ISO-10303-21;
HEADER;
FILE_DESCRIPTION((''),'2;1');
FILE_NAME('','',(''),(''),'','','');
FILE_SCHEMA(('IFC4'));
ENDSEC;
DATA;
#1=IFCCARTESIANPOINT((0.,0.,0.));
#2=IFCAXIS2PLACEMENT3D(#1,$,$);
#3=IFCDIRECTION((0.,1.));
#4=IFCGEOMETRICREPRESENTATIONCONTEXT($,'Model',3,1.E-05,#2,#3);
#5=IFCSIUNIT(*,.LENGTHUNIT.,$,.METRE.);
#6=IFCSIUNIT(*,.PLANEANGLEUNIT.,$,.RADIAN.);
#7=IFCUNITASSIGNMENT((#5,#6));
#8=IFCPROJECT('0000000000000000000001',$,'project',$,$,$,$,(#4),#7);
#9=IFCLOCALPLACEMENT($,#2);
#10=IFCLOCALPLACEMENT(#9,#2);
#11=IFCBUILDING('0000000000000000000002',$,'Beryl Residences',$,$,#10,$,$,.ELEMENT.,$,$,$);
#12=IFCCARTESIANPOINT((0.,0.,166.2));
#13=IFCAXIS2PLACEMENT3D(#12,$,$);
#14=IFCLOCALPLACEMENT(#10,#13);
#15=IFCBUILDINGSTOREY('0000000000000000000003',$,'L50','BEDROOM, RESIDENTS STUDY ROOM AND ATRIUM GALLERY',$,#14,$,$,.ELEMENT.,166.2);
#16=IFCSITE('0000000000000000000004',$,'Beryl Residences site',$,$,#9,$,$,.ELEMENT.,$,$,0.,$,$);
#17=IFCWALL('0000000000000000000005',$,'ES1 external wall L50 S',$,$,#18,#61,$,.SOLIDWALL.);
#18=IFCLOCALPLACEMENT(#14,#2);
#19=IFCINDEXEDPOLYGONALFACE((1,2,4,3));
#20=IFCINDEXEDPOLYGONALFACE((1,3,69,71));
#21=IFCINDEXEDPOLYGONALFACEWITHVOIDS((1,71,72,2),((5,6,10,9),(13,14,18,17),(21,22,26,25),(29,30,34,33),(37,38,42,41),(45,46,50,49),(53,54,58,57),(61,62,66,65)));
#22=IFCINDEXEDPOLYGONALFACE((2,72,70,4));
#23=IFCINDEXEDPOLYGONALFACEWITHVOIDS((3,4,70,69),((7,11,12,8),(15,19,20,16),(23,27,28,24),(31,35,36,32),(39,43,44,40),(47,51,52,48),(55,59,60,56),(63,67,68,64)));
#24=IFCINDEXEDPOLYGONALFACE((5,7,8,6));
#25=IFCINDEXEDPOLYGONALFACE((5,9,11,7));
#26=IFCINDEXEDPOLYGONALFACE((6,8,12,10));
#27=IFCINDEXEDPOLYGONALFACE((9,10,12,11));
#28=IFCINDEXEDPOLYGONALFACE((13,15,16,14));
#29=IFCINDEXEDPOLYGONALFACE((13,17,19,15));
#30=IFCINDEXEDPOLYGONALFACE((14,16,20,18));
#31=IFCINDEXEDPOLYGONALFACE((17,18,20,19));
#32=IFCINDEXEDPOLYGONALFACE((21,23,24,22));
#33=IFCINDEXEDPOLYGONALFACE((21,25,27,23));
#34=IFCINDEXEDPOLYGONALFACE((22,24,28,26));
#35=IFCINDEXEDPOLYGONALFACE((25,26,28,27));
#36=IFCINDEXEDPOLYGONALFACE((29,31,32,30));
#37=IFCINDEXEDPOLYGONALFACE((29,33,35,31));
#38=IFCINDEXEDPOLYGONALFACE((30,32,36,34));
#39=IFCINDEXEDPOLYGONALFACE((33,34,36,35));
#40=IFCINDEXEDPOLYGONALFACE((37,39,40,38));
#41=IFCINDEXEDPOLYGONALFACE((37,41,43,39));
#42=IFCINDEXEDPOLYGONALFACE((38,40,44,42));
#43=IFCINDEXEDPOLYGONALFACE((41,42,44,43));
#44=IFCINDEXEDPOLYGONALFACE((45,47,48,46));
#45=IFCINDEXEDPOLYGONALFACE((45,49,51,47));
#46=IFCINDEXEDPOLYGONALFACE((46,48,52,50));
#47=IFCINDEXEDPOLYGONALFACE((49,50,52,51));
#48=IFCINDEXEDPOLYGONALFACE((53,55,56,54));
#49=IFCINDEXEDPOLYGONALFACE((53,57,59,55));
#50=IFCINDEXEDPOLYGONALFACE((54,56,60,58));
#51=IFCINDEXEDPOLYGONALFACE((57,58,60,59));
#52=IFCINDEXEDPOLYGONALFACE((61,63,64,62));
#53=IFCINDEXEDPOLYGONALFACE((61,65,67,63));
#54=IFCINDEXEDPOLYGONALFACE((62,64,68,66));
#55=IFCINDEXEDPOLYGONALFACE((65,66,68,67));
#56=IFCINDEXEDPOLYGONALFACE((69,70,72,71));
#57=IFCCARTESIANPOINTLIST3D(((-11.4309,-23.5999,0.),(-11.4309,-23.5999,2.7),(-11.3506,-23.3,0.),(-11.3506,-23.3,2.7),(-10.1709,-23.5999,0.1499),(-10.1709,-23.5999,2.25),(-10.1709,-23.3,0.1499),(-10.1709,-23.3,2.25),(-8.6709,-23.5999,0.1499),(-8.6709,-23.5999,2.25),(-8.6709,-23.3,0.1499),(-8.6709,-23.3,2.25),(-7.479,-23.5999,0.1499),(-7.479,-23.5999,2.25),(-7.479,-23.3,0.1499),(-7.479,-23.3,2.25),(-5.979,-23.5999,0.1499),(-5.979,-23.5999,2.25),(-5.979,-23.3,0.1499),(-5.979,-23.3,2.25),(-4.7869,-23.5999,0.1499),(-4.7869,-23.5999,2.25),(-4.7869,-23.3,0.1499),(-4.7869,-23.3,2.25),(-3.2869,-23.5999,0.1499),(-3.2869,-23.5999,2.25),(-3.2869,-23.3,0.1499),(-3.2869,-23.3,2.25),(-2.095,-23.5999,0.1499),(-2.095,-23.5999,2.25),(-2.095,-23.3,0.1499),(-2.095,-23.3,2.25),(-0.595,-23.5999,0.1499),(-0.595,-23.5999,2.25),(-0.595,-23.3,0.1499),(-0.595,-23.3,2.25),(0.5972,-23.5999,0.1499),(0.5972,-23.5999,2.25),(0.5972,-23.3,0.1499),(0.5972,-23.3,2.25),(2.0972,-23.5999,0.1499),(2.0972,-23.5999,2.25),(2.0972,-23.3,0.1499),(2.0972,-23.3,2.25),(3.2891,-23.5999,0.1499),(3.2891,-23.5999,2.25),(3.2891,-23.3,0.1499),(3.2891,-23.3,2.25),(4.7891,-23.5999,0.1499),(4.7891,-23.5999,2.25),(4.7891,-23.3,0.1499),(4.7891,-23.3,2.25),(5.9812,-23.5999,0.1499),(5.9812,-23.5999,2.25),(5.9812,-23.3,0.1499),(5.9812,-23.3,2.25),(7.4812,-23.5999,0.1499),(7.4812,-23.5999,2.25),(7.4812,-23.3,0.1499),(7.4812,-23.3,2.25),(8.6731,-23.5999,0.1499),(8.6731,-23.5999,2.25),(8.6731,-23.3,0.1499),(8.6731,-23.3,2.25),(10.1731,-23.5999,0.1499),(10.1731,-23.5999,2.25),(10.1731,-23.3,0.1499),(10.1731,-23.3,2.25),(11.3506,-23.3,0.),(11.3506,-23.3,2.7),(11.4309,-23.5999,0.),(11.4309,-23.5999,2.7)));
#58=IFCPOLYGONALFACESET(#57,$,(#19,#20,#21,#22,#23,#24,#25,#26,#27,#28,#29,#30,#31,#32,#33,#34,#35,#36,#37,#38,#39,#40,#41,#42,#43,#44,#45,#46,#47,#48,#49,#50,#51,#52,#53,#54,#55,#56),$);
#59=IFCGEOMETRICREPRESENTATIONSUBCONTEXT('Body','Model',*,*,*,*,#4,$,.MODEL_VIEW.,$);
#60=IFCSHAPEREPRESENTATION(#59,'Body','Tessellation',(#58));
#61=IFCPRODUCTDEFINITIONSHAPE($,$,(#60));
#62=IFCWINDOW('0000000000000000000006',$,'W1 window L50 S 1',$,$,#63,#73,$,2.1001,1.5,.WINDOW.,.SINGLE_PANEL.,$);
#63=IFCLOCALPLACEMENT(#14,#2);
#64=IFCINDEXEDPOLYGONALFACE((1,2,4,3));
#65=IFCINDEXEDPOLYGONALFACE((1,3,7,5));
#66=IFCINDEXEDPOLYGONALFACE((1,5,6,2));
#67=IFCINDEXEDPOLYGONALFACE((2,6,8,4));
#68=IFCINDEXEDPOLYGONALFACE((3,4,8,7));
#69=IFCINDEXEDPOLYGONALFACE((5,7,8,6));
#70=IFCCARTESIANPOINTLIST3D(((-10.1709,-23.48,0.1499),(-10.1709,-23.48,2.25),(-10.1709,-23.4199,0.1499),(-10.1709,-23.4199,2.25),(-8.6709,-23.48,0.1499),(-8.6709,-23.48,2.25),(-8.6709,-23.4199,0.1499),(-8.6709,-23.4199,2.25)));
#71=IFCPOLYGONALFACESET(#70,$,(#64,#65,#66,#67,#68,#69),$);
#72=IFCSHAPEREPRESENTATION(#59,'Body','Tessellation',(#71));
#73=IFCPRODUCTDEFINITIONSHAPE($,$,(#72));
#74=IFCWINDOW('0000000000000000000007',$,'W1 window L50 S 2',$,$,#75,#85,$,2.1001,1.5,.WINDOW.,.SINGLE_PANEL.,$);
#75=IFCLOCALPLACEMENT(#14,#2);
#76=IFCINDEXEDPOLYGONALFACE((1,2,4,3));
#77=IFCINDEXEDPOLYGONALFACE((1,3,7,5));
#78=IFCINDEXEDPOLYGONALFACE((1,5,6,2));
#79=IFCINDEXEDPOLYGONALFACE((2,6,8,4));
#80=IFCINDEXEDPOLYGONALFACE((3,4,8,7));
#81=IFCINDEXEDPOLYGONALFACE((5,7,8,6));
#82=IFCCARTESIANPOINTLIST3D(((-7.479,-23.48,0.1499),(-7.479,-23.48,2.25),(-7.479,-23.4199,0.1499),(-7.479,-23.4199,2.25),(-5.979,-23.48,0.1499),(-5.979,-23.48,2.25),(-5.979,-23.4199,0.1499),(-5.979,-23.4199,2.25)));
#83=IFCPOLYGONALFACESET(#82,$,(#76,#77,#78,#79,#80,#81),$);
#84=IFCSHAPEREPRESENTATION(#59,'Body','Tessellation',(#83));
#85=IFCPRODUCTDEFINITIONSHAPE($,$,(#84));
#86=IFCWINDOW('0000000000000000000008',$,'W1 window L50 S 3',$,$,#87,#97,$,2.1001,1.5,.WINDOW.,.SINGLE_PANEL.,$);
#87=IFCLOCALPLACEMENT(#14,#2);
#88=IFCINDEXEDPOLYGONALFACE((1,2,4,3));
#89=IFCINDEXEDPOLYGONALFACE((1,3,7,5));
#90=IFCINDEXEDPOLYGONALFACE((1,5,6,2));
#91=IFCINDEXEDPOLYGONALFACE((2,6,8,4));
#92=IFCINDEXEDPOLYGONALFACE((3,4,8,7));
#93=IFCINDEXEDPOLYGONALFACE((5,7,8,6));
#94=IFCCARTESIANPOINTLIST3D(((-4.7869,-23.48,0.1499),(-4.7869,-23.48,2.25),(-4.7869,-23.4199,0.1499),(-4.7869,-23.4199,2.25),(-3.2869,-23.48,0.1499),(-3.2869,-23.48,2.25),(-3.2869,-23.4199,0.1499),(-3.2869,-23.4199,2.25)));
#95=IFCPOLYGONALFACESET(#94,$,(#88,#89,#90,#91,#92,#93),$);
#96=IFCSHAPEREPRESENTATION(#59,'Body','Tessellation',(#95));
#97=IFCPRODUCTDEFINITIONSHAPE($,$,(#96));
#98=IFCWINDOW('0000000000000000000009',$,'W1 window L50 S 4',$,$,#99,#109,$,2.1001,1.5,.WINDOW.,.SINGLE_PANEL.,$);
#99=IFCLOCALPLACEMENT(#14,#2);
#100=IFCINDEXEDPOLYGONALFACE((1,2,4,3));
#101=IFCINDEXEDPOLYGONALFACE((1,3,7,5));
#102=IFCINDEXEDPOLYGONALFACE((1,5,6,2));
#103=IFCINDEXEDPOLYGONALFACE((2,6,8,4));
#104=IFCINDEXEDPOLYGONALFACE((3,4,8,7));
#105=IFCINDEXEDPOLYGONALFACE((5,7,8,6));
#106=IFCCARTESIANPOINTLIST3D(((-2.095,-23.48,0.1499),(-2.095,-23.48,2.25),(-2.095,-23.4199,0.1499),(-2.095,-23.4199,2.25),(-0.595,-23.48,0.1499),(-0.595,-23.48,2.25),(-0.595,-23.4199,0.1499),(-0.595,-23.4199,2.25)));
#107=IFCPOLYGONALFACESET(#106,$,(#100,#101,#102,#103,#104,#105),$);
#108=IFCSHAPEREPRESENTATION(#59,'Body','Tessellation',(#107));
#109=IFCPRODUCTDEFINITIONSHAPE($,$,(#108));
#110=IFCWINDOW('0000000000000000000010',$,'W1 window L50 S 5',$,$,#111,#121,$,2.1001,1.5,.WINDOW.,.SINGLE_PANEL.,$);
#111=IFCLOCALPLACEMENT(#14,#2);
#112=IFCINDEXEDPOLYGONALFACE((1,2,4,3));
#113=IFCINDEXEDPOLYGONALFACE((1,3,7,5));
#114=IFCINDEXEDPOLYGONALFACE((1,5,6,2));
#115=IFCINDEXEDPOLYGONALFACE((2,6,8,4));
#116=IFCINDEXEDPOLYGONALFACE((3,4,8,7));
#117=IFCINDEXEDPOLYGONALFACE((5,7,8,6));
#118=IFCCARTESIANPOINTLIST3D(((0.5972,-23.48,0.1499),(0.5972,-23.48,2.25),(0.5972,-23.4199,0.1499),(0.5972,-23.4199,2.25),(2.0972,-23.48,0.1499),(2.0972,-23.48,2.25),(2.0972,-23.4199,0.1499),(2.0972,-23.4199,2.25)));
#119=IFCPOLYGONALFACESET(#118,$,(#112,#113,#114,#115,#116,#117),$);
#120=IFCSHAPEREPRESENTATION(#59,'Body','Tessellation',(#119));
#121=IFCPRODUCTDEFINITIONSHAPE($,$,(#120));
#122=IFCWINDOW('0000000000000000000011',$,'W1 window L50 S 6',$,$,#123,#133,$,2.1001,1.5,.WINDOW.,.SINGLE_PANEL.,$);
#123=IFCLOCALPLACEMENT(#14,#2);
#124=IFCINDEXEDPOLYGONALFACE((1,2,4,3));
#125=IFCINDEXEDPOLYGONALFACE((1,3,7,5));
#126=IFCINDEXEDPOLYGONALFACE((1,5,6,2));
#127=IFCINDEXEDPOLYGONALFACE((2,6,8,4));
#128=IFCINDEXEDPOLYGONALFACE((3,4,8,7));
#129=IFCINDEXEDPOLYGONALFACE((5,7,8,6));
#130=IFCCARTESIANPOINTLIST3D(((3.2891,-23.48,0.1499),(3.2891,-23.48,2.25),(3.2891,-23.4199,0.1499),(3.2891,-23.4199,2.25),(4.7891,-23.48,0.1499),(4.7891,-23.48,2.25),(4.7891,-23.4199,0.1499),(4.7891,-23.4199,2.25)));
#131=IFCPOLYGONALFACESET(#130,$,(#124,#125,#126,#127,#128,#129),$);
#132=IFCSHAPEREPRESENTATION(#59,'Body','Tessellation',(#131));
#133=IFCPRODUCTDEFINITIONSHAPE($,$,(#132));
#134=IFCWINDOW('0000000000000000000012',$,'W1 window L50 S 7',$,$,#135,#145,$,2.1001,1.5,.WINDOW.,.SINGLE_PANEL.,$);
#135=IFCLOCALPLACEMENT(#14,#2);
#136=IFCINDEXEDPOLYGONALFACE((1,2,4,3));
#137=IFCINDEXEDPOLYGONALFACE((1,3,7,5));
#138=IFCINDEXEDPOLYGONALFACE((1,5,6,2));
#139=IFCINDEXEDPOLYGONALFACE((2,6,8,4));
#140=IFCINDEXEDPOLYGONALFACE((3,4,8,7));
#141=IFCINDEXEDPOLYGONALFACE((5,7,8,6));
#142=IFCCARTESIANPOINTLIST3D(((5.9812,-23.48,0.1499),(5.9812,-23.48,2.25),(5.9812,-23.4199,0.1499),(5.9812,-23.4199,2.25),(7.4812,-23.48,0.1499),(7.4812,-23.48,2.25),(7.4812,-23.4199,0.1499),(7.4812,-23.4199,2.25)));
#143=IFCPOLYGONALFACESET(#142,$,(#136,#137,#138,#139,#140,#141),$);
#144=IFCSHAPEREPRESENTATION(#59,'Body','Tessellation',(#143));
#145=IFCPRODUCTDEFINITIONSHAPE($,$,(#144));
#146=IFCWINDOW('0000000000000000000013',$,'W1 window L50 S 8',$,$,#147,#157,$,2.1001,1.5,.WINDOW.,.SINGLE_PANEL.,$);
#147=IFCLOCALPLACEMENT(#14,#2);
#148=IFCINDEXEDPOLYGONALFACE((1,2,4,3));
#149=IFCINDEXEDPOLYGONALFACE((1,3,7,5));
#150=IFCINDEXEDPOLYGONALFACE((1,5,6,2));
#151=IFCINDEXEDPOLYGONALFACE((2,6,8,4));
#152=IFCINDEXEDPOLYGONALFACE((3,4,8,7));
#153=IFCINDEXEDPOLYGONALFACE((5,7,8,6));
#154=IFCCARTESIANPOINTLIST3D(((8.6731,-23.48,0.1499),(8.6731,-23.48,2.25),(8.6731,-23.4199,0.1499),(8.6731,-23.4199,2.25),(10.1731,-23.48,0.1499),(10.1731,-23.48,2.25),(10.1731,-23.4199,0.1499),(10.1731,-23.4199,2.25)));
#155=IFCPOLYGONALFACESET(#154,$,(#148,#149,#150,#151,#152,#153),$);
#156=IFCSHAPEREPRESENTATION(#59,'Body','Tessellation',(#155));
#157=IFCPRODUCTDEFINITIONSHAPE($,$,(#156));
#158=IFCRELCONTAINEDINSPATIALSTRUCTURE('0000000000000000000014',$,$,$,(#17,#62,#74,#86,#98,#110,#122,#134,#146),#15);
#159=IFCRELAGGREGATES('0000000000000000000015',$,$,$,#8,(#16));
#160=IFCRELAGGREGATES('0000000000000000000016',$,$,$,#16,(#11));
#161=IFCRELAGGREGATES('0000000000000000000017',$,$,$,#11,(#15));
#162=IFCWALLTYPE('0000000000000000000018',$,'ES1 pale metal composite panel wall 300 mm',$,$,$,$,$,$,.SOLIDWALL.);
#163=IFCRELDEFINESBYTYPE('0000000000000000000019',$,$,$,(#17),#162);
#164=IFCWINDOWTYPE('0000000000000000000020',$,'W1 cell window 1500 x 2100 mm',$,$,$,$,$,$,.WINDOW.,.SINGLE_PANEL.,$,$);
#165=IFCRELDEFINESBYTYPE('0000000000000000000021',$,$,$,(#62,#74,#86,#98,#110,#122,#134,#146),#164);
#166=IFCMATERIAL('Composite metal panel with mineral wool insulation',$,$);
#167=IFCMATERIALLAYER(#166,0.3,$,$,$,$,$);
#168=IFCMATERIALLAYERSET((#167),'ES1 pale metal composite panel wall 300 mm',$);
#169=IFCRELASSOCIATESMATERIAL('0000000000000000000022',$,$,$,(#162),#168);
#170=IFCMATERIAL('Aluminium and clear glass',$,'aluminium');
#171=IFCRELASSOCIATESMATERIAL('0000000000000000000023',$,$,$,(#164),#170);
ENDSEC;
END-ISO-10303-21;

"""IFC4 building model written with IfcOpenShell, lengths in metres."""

from ifc_helpers import new_model, si_unit, direction, frame, frame_2d, origin, place, context, subcontext, project, spatial, polyline, rectangle, outline, extrude, material, layer, layer_set, type_object, element, fill, save


model = new_model("IFC4")

# Units and contexts
model_context = context("Model", 3, precision=1e-05, world=origin(), true_north=direction((0.0, 1.0)))
body_context = subcontext(model_context, "Body", "Model", "MODEL_VIEW")
ifc_project = project(units=[si_unit("LENGTHUNIT", "METRE"), si_unit("PLANEANGLEUNIT", "RADIAN")], contexts=[model_context])

# Site, building, storey
site_placement = place(None, origin())
site = spatial("IfcSite", under=ifc_project, at=site_placement, Name="Beryl Residences site", CompositionType="ELEMENT", RefElevation=0.0)
building_placement = place(site_placement, origin())
building = spatial("IfcBuilding", under=site, at=building_placement, Name="Beryl Residences", CompositionType="ELEMENT")
storey_placement = place(building_placement, frame((0.0, 0.0, 166.2)))
storey = spatial("IfcBuildingStorey", under=building, at=storey_placement, Name="L50", Description="BEDROOM, RESIDENTS STUDY ROOM AND ATRIUM GALLERY", CompositionType="ELEMENT", Elevation=166.2)

# Wall, openings, windows
ifc_material_1 = material(Name="Composite metal panel with mineral wool insulation")
ifc_layer_1 = layer(ifc_material_1, 0.3)
ifc_layer_set_1 = layer_set([ifc_layer_1], Name="ES1 pale metal composite panel wall 300 mm")
wall_type_1 = type_object("IfcWallType", Name="ES1 pale metal composite panel wall 300 mm", PredefinedType="SOLIDWALL", material=ifc_layer_set_1)
wall_1_placement = place(storey_placement, frame((-11.4309, -23.45, 0.0), z_axis=(0.0, 0.0, 1.0), x_axis=(1.0, 0.0, 0.0)))
wall_1 = element("IfcWall", 1, at=wall_1_placement, inside=storey, type_object=wall_type_1, Name="ES1 external wall L50 S", PredefinedType="SOLIDWALL", context=body_context, shape_type="SweptSolid", body=[
    extrude(outline(polyline([(0.0, -0.1499), (22.8618, -0.1499), (22.7815, 0.1499), (0.0803, 0.1499), (0.0, -0.1499)])), origin(), (0.0, 0.0, 1.0), 2.7),
])
opening_1_placement = place(wall_1_placement, frame((1.26, 0.0, 0.1499)))
opening_1 = element("IfcOpeningElement", 2, at=opening_1_placement, cuts=wall_1, PredefinedType="OPENING", context=body_context, shape_type="SweptSolid", body=[
    extrude(rectangle(XDim=1.5, YDim=2.1001, at=frame_2d((0.75, 1.05))), frame((0.0, 0.1599, 0.0), z_axis=(0.0, -1.0, 0.0), x_axis=(1.0, 0.0, 0.0)), (0.0, 0.0, 1.0), 0.3201),
])
opening_2_placement = place(wall_1_placement, frame((3.9519, 0.0, 0.1499)))
opening_2 = element("IfcOpeningElement", 3, at=opening_2_placement, cuts=wall_1, PredefinedType="OPENING", context=body_context, shape_type="SweptSolid", body=[
    extrude(rectangle(XDim=1.5, YDim=2.1001, at=frame_2d((0.75, 1.05))), frame((0.0, 0.1599, 0.0), z_axis=(0.0, -1.0, 0.0), x_axis=(1.0, 0.0, 0.0)), (0.0, 0.0, 1.0), 0.3201),
])
opening_3_placement = place(wall_1_placement, frame((6.644, 0.0, 0.1499)))
opening_3 = element("IfcOpeningElement", 4, at=opening_3_placement, cuts=wall_1, PredefinedType="OPENING", context=body_context, shape_type="SweptSolid", body=[
    extrude(rectangle(XDim=1.5, YDim=2.1001, at=frame_2d((0.75, 1.05))), frame((0.0, 0.1599, 0.0), z_axis=(0.0, -1.0, 0.0), x_axis=(1.0, 0.0, 0.0)), (0.0, 0.0, 1.0), 0.3201),
])
opening_4_placement = place(wall_1_placement, frame((9.3359, 0.0, 0.1499)))
opening_4 = element("IfcOpeningElement", 5, at=opening_4_placement, cuts=wall_1, PredefinedType="OPENING", context=body_context, shape_type="SweptSolid", body=[
    extrude(rectangle(XDim=1.5, YDim=2.1001, at=frame_2d((0.75, 1.05))), frame((0.0, 0.1599, 0.0), z_axis=(0.0, -1.0, 0.0), x_axis=(1.0, 0.0, 0.0)), (0.0, 0.0, 1.0), 0.3201),
])
opening_5_placement = place(wall_1_placement, frame((12.0281, 0.0, 0.1499)))
opening_5 = element("IfcOpeningElement", 6, at=opening_5_placement, cuts=wall_1, PredefinedType="OPENING", context=body_context, shape_type="SweptSolid", body=[
    extrude(rectangle(XDim=1.5, YDim=2.1001, at=frame_2d((0.75, 1.05))), frame((0.0, 0.1599, 0.0), z_axis=(0.0, -1.0, 0.0), x_axis=(1.0, 0.0, 0.0)), (0.0, 0.0, 1.0), 0.3201),
])
opening_6_placement = place(wall_1_placement, frame((14.72, 0.0, 0.1499)))
opening_6 = element("IfcOpeningElement", 7, at=opening_6_placement, cuts=wall_1, PredefinedType="OPENING", context=body_context, shape_type="SweptSolid", body=[
    extrude(rectangle(XDim=1.5, YDim=2.1001, at=frame_2d((0.75, 1.05))), frame((0.0, 0.1599, 0.0), z_axis=(0.0, -1.0, 0.0), x_axis=(1.0, 0.0, 0.0)), (0.0, 0.0, 1.0), 0.3201),
])
opening_7_placement = place(wall_1_placement, frame((17.4121, 0.0, 0.1499)))
opening_7 = element("IfcOpeningElement", 8, at=opening_7_placement, cuts=wall_1, PredefinedType="OPENING", context=body_context, shape_type="SweptSolid", body=[
    extrude(rectangle(XDim=1.5, YDim=2.1001, at=frame_2d((0.75, 1.05))), frame((0.0, 0.1599, 0.0), z_axis=(0.0, -1.0, 0.0), x_axis=(1.0, 0.0, 0.0)), (0.0, 0.0, 1.0), 0.3201),
])
opening_8_placement = place(wall_1_placement, frame((20.104, 0.0, 0.1499)))
opening_8 = element("IfcOpeningElement", 9, at=opening_8_placement, cuts=wall_1, PredefinedType="OPENING", context=body_context, shape_type="SweptSolid", body=[
    extrude(rectangle(XDim=1.5, YDim=2.1001, at=frame_2d((0.75, 1.05))), frame((0.0, 0.1599, 0.0), z_axis=(0.0, -1.0, 0.0), x_axis=(1.0, 0.0, 0.0)), (0.0, 0.0, 1.0), 0.3201),
])
ifc_material_2 = material(Name="Aluminium and clear glass", Category="aluminium")
window_type = type_object("IfcWindowType", Name="W1 cell window 1500 x 2100 mm", PartitioningType="SINGLE_PANEL", PredefinedType="WINDOW", material=ifc_material_2)
window_1_placement = place(opening_1_placement, origin())
window_1 = element("IfcWindow", 10, at=window_1_placement, inside=storey, type_object=window_type, Name="W1 window L50 S 1", OverallHeight=2.1001, OverallWidth=1.5, PartitioningType="SINGLE_PANEL", PredefinedType="WINDOW", context=body_context, shape_type="SweptSolid", body=[
    extrude(rectangle(XDim=1.5, YDim=2.1001, at=frame_2d((0.75, 1.05))), frame((0.0, 0.03, 0.0), z_axis=(0.0, -1.0, 0.0), x_axis=(1.0, 0.0, 0.0)), (0.0, 0.0, 1.0), 0.0601),
])
fill(opening_1, window_1)
window_2_placement = place(opening_2_placement, origin())
window_2 = element("IfcWindow", 11, at=window_2_placement, inside=storey, type_object=window_type, Name="W1 window L50 S 2", OverallHeight=2.1001, OverallWidth=1.5, PartitioningType="SINGLE_PANEL", PredefinedType="WINDOW", context=body_context, shape_type="SweptSolid", body=[
    extrude(rectangle(XDim=1.5, YDim=2.1001, at=frame_2d((0.75, 1.05))), frame((0.0, 0.03, 0.0), z_axis=(0.0, -1.0, 0.0), x_axis=(1.0, 0.0, 0.0)), (0.0, 0.0, 1.0), 0.0601),
])
fill(opening_2, window_2)
window_3_placement = place(opening_3_placement, origin())
window_3 = element("IfcWindow", 12, at=window_3_placement, inside=storey, type_object=window_type, Name="W1 window L50 S 3", OverallHeight=2.1001, OverallWidth=1.5, PartitioningType="SINGLE_PANEL", PredefinedType="WINDOW", context=body_context, shape_type="SweptSolid", body=[
    extrude(rectangle(XDim=1.5, YDim=2.1001, at=frame_2d((0.75, 1.05))), frame((0.0, 0.03, 0.0), z_axis=(0.0, -1.0, 0.0), x_axis=(1.0, 0.0, 0.0)), (0.0, 0.0, 1.0), 0.0601),
])
fill(opening_3, window_3)
window_4_placement = place(opening_4_placement, origin())
window_4 = element("IfcWindow", 13, at=window_4_placement, inside=storey, type_object=window_type, Name="W1 window L50 S 4", OverallHeight=2.1001, OverallWidth=1.5, PartitioningType="SINGLE_PANEL", PredefinedType="WINDOW", context=body_context, shape_type="SweptSolid", body=[
    extrude(rectangle(XDim=1.5, YDim=2.1001, at=frame_2d((0.75, 1.05))), frame((0.0, 0.03, 0.0), z_axis=(0.0, -1.0, 0.0), x_axis=(1.0, 0.0, 0.0)), (0.0, 0.0, 1.0), 0.0601),
])
fill(opening_4, window_4)
window_5_placement = place(opening_5_placement, origin())
window_5 = element("IfcWindow", 14, at=window_5_placement, inside=storey, type_object=window_type, Name="W1 window L50 S 5", OverallHeight=2.1001, OverallWidth=1.5, PartitioningType="SINGLE_PANEL", PredefinedType="WINDOW", context=body_context, shape_type="SweptSolid", body=[
    extrude(rectangle(XDim=1.5, YDim=2.1001, at=frame_2d((0.75, 1.05))), frame((0.0, 0.03, 0.0), z_axis=(0.0, -1.0, 0.0), x_axis=(1.0, 0.0, 0.0)), (0.0, 0.0, 1.0), 0.0601),
])
fill(opening_5, window_5)
window_6_placement = place(opening_6_placement, origin())
window_6 = element("IfcWindow", 15, at=window_6_placement, inside=storey, type_object=window_type, Name="W1 window L50 S 6", OverallHeight=2.1001, OverallWidth=1.5, PartitioningType="SINGLE_PANEL", PredefinedType="WINDOW", context=body_context, shape_type="SweptSolid", body=[
    extrude(rectangle(XDim=1.5, YDim=2.1001, at=frame_2d((0.75, 1.05))), frame((0.0, 0.03, 0.0), z_axis=(0.0, -1.0, 0.0), x_axis=(1.0, 0.0, 0.0)), (0.0, 0.0, 1.0), 0.0601),
])
fill(opening_6, window_6)
window_7_placement = place(opening_7_placement, origin())
window_7 = element("IfcWindow", 16, at=window_7_placement, inside=storey, type_object=window_type, Name="W1 window L50 S 7", OverallHeight=2.1001, OverallWidth=1.5, PartitioningType="SINGLE_PANEL", PredefinedType="WINDOW", context=body_context, shape_type="SweptSolid", body=[
    extrude(rectangle(XDim=1.5, YDim=2.1001, at=frame_2d((0.75, 1.05))), frame((0.0, 0.03, 0.0), z_axis=(0.0, -1.0, 0.0), x_axis=(1.0, 0.0, 0.0)), (0.0, 0.0, 1.0), 0.0601),
])
fill(opening_7, window_7)
window_8_placement = place(opening_8_placement, origin())
window_8 = element("IfcWindow", 17, at=window_8_placement, inside=storey, type_object=window_type, Name="W1 window L50 S 8", OverallHeight=2.1001, OverallWidth=1.5, PartitioningType="SINGLE_PANEL", PredefinedType="WINDOW", context=body_context, shape_type="SweptSolid", body=[
    extrude(rectangle(XDim=1.5, YDim=2.1001, at=frame_2d((0.75, 1.05))), frame((0.0, 0.03, 0.0), z_axis=(0.0, -1.0, 0.0), x_axis=(1.0, 0.0, 0.0)), (0.0, 0.0, 1.0), 0.0601),
])
fill(opening_8, window_8)

save(model, "model.ifc")
